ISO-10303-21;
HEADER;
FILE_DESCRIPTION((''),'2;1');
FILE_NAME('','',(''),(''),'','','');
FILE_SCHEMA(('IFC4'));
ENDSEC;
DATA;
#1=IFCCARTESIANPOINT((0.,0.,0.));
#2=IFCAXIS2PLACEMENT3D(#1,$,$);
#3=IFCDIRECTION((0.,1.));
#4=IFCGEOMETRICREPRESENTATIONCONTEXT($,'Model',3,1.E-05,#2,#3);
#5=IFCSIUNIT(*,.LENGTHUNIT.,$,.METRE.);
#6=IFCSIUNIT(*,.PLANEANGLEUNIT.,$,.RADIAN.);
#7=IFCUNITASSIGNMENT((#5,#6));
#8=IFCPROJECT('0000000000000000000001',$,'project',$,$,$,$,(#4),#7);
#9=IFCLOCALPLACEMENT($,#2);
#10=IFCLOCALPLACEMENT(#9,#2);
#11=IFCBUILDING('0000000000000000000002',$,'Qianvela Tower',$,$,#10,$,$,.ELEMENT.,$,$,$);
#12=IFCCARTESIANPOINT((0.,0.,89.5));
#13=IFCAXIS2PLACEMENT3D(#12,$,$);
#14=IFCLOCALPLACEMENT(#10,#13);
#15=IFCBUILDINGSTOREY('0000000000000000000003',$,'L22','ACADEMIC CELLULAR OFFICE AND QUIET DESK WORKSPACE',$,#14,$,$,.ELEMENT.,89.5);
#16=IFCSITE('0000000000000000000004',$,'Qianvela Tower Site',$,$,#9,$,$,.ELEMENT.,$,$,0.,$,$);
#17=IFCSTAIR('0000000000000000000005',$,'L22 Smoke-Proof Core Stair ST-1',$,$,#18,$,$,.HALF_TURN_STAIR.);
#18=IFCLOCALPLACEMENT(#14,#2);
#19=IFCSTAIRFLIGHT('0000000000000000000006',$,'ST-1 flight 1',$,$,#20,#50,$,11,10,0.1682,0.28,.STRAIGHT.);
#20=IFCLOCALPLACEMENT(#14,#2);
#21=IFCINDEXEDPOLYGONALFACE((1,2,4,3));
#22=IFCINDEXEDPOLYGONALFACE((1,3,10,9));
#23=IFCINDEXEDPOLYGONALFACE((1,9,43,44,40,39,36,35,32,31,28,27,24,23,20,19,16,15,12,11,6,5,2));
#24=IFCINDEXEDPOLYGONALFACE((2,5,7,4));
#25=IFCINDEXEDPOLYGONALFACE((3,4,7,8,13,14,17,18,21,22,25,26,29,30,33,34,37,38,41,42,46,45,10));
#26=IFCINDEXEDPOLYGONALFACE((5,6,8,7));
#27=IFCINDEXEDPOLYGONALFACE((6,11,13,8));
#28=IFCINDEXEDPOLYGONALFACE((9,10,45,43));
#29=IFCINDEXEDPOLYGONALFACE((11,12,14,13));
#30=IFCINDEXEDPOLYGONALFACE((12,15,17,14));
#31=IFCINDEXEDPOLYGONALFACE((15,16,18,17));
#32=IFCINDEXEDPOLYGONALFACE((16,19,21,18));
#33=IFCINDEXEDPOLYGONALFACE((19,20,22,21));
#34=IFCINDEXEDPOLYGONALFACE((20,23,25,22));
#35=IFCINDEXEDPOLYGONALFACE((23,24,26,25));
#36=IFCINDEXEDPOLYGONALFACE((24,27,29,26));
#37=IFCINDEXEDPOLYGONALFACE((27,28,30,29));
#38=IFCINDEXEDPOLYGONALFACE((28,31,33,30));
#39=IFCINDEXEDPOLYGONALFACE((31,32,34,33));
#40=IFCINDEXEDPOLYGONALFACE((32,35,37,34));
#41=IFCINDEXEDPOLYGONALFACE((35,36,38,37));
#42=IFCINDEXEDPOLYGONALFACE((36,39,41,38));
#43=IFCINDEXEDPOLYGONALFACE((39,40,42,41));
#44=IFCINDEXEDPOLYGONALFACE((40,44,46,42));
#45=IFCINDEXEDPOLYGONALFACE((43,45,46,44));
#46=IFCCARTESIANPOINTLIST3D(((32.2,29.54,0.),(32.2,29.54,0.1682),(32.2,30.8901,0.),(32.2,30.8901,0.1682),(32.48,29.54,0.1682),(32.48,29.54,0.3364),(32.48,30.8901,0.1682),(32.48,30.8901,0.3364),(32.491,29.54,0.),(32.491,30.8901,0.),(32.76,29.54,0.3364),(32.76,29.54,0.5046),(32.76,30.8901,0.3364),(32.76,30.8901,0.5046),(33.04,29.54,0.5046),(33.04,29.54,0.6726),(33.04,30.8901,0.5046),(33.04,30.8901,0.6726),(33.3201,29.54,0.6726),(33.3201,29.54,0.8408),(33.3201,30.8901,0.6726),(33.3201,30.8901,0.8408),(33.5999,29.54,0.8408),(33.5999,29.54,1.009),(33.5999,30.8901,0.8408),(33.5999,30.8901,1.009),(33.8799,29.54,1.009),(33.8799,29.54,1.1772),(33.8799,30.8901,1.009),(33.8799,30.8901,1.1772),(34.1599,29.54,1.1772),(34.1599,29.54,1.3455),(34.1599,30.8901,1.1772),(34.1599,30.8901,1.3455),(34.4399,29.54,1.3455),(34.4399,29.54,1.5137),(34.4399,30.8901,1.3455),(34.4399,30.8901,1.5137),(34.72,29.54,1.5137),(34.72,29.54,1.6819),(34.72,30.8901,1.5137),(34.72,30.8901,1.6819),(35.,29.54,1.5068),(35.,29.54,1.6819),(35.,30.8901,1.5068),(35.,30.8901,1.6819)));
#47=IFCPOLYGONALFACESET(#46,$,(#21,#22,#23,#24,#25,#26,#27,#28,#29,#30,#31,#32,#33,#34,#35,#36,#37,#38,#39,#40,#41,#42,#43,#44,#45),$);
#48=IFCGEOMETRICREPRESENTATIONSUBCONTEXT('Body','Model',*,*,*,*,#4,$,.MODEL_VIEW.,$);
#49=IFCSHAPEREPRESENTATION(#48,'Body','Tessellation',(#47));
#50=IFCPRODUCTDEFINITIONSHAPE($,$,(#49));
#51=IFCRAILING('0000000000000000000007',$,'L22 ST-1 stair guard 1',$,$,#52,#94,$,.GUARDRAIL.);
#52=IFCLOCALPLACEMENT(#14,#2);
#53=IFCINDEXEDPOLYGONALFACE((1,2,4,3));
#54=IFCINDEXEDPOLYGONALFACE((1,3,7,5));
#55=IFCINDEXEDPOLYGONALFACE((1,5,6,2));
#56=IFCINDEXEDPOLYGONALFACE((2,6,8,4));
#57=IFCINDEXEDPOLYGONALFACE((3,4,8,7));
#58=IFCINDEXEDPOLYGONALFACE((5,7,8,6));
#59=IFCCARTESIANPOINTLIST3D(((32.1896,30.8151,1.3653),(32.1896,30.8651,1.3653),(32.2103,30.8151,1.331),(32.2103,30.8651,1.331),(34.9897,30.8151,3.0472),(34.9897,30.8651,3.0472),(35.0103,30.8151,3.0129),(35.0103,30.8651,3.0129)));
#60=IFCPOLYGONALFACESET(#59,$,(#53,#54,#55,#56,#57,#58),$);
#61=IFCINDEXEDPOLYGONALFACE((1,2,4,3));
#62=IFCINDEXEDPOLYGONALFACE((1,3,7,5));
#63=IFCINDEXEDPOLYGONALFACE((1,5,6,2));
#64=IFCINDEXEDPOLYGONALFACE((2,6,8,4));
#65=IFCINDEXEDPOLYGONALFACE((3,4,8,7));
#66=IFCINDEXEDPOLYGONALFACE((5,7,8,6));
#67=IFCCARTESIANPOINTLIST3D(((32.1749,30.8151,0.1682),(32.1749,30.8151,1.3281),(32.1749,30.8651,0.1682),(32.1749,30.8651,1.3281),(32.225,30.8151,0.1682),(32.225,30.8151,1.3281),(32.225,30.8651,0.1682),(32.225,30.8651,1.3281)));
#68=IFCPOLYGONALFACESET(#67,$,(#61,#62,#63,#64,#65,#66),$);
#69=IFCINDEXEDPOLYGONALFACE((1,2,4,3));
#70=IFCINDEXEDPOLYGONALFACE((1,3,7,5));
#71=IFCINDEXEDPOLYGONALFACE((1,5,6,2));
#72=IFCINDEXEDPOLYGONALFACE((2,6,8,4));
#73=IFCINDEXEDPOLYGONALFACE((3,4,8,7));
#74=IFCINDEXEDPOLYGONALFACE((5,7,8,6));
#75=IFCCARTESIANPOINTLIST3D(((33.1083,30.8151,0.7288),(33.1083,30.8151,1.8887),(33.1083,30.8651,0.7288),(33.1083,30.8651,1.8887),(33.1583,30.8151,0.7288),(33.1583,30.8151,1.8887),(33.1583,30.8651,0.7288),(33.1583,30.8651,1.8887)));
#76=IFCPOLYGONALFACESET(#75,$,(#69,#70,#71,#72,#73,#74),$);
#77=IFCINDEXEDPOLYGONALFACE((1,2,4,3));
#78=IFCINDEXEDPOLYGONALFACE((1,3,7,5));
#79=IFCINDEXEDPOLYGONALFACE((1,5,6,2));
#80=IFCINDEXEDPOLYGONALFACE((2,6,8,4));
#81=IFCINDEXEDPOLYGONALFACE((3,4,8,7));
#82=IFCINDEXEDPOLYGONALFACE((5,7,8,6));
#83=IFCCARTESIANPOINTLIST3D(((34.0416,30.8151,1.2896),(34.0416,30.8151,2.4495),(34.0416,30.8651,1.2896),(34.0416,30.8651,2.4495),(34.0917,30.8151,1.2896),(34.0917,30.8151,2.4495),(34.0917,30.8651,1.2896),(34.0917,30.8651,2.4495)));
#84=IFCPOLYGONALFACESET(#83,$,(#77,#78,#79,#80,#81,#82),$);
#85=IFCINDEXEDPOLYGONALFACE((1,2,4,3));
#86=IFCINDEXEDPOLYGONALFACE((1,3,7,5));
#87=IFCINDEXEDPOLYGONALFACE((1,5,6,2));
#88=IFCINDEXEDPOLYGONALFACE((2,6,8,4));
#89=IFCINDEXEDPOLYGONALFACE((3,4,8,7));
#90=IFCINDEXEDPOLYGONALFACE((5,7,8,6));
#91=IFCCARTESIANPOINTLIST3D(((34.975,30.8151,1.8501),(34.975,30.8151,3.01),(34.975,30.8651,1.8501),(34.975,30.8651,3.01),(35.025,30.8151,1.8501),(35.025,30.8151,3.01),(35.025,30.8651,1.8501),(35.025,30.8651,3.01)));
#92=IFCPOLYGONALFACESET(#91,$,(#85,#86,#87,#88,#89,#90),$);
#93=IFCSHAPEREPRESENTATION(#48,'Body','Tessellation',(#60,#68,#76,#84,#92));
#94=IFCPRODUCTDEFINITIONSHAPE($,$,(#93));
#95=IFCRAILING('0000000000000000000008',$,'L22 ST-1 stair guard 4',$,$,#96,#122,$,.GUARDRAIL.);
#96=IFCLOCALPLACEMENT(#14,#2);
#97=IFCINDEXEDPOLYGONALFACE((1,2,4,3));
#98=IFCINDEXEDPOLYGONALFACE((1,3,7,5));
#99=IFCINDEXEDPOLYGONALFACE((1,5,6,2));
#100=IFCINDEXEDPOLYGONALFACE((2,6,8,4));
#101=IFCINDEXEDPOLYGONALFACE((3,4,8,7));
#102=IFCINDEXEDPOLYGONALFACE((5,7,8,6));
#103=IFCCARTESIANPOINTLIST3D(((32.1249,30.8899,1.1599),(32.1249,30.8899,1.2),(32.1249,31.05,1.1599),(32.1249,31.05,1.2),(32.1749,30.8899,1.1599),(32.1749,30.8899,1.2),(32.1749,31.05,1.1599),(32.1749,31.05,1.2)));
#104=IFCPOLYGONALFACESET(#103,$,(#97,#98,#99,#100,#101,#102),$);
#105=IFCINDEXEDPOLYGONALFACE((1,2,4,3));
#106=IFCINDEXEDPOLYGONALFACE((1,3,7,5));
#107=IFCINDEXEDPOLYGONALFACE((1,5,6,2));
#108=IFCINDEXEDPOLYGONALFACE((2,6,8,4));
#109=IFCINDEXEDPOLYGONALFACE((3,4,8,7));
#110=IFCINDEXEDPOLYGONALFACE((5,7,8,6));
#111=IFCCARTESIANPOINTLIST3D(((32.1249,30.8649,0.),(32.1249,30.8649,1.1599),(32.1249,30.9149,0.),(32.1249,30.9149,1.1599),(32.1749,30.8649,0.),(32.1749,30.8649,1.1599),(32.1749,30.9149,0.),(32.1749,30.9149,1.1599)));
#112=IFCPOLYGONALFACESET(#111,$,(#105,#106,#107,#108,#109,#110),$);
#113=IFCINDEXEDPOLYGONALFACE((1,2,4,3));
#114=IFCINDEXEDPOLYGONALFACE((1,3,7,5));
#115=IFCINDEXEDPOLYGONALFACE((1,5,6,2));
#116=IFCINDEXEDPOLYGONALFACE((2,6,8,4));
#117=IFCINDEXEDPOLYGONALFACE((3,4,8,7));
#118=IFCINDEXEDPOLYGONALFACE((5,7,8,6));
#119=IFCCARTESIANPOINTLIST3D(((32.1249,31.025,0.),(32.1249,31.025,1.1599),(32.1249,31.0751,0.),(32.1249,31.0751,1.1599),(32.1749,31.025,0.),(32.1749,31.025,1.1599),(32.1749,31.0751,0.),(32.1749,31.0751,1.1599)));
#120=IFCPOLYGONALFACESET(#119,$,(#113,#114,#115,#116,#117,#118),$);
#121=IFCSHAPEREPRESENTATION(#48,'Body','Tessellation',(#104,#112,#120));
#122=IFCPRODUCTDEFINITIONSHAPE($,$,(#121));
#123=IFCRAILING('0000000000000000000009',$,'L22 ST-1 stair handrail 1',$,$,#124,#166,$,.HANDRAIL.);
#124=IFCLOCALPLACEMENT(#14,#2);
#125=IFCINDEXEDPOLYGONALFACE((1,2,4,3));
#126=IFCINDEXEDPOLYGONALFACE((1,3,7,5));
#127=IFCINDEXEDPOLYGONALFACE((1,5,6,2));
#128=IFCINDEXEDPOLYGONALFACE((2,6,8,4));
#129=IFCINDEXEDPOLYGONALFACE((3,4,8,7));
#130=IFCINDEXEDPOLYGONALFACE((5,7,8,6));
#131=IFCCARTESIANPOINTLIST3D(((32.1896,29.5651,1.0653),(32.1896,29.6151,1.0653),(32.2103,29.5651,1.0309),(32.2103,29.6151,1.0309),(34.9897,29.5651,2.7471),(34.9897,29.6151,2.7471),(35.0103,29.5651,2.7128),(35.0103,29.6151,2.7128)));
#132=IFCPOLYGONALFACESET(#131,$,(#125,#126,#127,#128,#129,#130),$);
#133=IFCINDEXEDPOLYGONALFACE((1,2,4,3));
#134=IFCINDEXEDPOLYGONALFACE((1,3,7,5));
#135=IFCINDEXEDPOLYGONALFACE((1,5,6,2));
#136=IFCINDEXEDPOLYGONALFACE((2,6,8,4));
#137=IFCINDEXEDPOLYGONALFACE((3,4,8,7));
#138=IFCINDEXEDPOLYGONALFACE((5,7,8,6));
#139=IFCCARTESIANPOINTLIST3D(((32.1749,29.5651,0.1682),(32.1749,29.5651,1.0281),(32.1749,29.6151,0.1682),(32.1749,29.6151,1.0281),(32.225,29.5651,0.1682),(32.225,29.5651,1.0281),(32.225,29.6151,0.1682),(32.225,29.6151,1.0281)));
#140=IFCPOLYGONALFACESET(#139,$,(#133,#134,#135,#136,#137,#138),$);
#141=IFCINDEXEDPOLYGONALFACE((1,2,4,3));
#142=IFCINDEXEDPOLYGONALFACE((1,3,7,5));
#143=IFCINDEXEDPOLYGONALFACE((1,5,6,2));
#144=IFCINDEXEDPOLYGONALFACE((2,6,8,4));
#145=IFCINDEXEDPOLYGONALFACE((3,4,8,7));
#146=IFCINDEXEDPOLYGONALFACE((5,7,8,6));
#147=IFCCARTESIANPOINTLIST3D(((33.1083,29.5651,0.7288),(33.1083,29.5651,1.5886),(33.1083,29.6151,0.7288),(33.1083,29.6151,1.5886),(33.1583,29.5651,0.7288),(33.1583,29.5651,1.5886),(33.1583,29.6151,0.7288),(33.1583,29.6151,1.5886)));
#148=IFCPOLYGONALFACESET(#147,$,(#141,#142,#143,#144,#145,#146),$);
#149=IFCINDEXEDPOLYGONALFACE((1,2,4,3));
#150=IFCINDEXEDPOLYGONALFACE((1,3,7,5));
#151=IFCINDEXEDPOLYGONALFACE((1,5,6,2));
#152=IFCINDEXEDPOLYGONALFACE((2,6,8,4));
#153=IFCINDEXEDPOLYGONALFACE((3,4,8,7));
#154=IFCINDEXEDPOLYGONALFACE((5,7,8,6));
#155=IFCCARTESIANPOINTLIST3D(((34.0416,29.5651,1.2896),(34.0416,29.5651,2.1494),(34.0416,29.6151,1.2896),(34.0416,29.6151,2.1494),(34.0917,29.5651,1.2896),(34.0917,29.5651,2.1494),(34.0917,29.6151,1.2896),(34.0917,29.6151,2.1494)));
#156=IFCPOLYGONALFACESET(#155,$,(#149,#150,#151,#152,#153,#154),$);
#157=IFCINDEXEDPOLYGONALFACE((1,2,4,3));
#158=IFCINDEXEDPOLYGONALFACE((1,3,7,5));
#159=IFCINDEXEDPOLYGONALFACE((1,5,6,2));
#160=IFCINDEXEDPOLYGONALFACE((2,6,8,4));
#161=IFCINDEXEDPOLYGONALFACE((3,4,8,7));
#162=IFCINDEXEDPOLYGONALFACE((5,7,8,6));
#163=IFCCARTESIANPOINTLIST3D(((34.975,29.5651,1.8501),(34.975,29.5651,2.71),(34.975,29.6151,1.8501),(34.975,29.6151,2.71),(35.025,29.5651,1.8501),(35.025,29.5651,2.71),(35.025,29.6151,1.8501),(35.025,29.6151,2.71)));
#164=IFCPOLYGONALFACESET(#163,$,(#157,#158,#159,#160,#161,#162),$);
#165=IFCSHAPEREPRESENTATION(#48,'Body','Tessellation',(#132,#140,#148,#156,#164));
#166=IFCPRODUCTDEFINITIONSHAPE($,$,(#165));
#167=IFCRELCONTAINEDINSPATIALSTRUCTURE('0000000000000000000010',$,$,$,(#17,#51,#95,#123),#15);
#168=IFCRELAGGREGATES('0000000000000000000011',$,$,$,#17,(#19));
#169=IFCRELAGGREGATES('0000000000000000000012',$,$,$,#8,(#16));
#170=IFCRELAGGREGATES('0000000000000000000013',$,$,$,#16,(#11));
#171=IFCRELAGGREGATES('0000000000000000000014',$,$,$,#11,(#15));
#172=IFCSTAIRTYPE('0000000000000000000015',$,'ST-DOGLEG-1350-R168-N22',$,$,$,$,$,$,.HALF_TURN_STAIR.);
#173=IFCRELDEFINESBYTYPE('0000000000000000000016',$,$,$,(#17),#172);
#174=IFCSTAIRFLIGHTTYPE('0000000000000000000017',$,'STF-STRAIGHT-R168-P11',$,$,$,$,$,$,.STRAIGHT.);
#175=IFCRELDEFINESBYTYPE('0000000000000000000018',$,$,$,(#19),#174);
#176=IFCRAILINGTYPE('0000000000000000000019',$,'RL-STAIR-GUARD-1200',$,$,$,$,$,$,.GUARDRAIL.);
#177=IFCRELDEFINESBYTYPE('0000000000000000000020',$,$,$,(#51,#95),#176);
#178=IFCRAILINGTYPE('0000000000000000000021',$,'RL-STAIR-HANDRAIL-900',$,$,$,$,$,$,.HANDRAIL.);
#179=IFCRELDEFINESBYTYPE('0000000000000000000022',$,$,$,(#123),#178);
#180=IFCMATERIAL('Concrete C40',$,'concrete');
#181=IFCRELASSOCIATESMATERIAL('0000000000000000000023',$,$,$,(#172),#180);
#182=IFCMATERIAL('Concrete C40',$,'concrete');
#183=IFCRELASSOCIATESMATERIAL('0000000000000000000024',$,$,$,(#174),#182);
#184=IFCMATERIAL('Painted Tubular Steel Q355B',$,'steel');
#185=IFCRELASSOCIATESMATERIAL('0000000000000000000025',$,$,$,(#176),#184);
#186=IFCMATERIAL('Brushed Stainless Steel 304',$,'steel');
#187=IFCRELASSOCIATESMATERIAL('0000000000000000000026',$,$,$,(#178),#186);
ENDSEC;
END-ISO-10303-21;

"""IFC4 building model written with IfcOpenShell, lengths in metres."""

from ifc_helpers import new_model, si_unit, direction, frame, origin, origin_2d, place, context, subcontext, project, spatial, polyline, rectangle, outline, extrude, material, type_object, element, aggregate, save


model = new_model("IFC4")

# Units and contexts
model_context = context("Model", 3, precision=1e-05, world=origin(), true_north=direction((0.0, 1.0)))
body_context = subcontext(model_context, "Body", "Model", "MODEL_VIEW")
ifc_project = project(units=[si_unit("LENGTHUNIT", "METRE"), si_unit("PLANEANGLEUNIT", "RADIAN")], contexts=[model_context])

# Site, building, storey
site_placement = place(None, origin())
site = spatial("IfcSite", under=ifc_project, at=site_placement, Name="Qianvela Tower Site", CompositionType="ELEMENT", RefElevation=0.0)
building_placement = place(site_placement, origin())
building = spatial("IfcBuilding", under=site, at=building_placement, Name="Qianvela Tower", CompositionType="ELEMENT")
storey_placement = place(building_placement, frame((0.0, 0.0, 89.5)))
storey = spatial("IfcBuildingStorey", under=building, at=storey_placement, Name="L22", Description="ACADEMIC CELLULAR OFFICE AND QUIET DESK WORKSPACE", CompositionType="ELEMENT", Elevation=89.5)

# Stair, stair flight
ifc_material_1 = material(Name="Concrete C40", Category="concrete")
stair_type = type_object("IfcStairType", Name="ST-DOGLEG-1350-R168-N22", PredefinedType="HALF_TURN_STAIR", material=ifc_material_1)
stair_placement = place(storey_placement, origin())
stair = element("IfcStair", 1, at=stair_placement, inside=storey, type_object=stair_type, Name="L22 Smoke-Proof Core Stair ST-1", PredefinedType="HALF_TURN_STAIR")
ifc_material_2 = material(Name="Concrete C40", Category="concrete")
stair_flight_type = type_object("IfcStairFlightType", Name="STF-STRAIGHT-R168-P11", PredefinedType="STRAIGHT", material=ifc_material_2)
stair_flight_placement = place(storey_placement, frame((32.2, 30.2151, 0.0), z_axis=(0.0, 0.0, 1.0), x_axis=(1.0, 0.0, 0.0)))
stair_flight = element("IfcStairFlight", 2, at=stair_flight_placement, type_object=stair_flight_type, Name="ST-1 flight 1", NumberOfRisers=11, NumberOfTreads=10, PredefinedType="STRAIGHT", RiserHeight=0.1682, TreadLength=0.28, context=body_context, shape_type="SweptSolid", body=[
    extrude(outline(polyline([(0.0, 0.0), (0.0, 0.1682), (0.28, 0.1682), (0.28, 0.3364), (0.5601, 0.3364), (0.5601, 0.5046), (0.8401, 0.5046), (0.8401, 0.6726), (1.1201, 0.6726), (1.1201, 0.8408), (1.3999, 0.8408), (1.3999, 1.009), (1.6799, 1.009), (1.6799, 1.1772), (1.96, 1.1772), (1.96, 1.3455), (2.24, 1.3455), (2.24, 1.5137), (2.52, 1.5137), (2.52, 1.6819), (2.8, 1.6819), (2.8, 1.8501), (2.8, 1.5068), (0.291, 0.0), (0.0, 0.0)])), frame((0.0, 0.675, 0.0), z_axis=(0.0, -1.0, 0.0), x_axis=(1.0, 0.0, 0.0)), (0.0, 0.0, 1.0), 1.3501),
])
aggregate(stair, [stair_flight])

# Railings
ifc_material_3 = material(Name="Painted Tubular Steel Q355B", Category="steel")
railing_type_1 = type_object("IfcRailingType", Name="RL-STAIR-GUARD-1200", PredefinedType="GUARDRAIL", material=ifc_material_3)
railing_1_placement = place(storey_placement, frame((32.2, 30.8401, 0.1682)))
element("IfcRailing", 3, at=railing_1_placement, inside=storey, type_object=railing_type_1, Name="L22 ST-1 stair guard 1", PredefinedType="GUARDRAIL", context=body_context, shape_type="SweptSolid", body=[
    extrude(rectangle(XDim=0.05, YDim=0.04, at=origin_2d()), frame((0.0, 0.0, 1.1799), z_axis=(0.857242, 0.0, 0.514913), x_axis=(0.0, 1.0, 0.0)), (0.0, 0.0, 1.0), 3.2664),
    extrude(rectangle(XDim=0.05, YDim=0.05, at=origin_2d()), origin(), (0.0, 0.0, 1.0), 1.1599),
    extrude(rectangle(XDim=0.05, YDim=0.05, at=origin_2d()), frame((0.9333, 0.0, 0.5605)), (0.0, 0.0, 1.0), 1.1599),
    extrude(rectangle(XDim=0.05, YDim=0.05, at=origin_2d()), frame((1.8667, 0.0, 1.1213)), (0.0, 0.0, 1.0), 1.1599),
    extrude(rectangle(XDim=0.05, YDim=0.05, at=origin_2d()), frame((2.8, 0.0, 1.6819)), (0.0, 0.0, 1.0), 1.1599),
])
railing_2_placement = place(storey_placement, frame((32.1499, 30.8899, 0.0)))
element("IfcRailing", 4, at=railing_2_placement, inside=storey, type_object=railing_type_1, Name="L22 ST-1 stair guard 4", PredefinedType="GUARDRAIL", context=body_context, shape_type="SweptSolid", body=[
    extrude(rectangle(XDim=0.05, YDim=0.04, at=origin_2d()), frame((0.0, 0.0, 1.1799), z_axis=(0.0, 1.0, 0.0), x_axis=(-1.0, 0.0, 0.0)), (0.0, 0.0, 1.0), 0.1602),
    extrude(rectangle(XDim=0.05, YDim=0.05, at=origin_2d()), origin(), (0.0, 0.0, 1.0), 1.1599),
    extrude(rectangle(XDim=0.05, YDim=0.05, at=origin_2d()), frame((0.0, 0.1602, 0.0)), (0.0, 0.0, 1.0), 1.1599),
])
ifc_material_4 = material(Name="Brushed Stainless Steel 304", Category="steel")
railing_type_2 = type_object("IfcRailingType", Name="RL-STAIR-HANDRAIL-900", PredefinedType="HANDRAIL", material=ifc_material_4)
railing_3_placement = place(storey_placement, frame((32.2, 29.5901, 0.1682)))
element("IfcRailing", 5, at=railing_3_placement, inside=storey, type_object=railing_type_2, Name="L22 ST-1 stair handrail 1", PredefinedType="HANDRAIL", context=body_context, shape_type="SweptSolid", body=[
    extrude(rectangle(XDim=0.05, YDim=0.04, at=origin_2d()), frame((0.0, 0.0, 0.8799), z_axis=(0.857242, 0.0, 0.514913), x_axis=(0.0, 1.0, 0.0)), (0.0, 0.0, 1.0), 3.2664),
    extrude(rectangle(XDim=0.05, YDim=0.05, at=origin_2d()), origin(), (0.0, 0.0, 1.0), 0.8599),
    extrude(rectangle(XDim=0.05, YDim=0.05, at=origin_2d()), frame((0.9333, 0.0, 0.5605)), (0.0, 0.0, 1.0), 0.8599),
    extrude(rectangle(XDim=0.05, YDim=0.05, at=origin_2d()), frame((1.8667, 0.0, 1.1213)), (0.0, 0.0, 1.0), 0.8599),
    extrude(rectangle(XDim=0.05, YDim=0.05, at=origin_2d()), frame((2.8, 0.0, 1.6819)), (0.0, 0.0, 1.0), 0.8599),
])

save(model, "model.ifc")
